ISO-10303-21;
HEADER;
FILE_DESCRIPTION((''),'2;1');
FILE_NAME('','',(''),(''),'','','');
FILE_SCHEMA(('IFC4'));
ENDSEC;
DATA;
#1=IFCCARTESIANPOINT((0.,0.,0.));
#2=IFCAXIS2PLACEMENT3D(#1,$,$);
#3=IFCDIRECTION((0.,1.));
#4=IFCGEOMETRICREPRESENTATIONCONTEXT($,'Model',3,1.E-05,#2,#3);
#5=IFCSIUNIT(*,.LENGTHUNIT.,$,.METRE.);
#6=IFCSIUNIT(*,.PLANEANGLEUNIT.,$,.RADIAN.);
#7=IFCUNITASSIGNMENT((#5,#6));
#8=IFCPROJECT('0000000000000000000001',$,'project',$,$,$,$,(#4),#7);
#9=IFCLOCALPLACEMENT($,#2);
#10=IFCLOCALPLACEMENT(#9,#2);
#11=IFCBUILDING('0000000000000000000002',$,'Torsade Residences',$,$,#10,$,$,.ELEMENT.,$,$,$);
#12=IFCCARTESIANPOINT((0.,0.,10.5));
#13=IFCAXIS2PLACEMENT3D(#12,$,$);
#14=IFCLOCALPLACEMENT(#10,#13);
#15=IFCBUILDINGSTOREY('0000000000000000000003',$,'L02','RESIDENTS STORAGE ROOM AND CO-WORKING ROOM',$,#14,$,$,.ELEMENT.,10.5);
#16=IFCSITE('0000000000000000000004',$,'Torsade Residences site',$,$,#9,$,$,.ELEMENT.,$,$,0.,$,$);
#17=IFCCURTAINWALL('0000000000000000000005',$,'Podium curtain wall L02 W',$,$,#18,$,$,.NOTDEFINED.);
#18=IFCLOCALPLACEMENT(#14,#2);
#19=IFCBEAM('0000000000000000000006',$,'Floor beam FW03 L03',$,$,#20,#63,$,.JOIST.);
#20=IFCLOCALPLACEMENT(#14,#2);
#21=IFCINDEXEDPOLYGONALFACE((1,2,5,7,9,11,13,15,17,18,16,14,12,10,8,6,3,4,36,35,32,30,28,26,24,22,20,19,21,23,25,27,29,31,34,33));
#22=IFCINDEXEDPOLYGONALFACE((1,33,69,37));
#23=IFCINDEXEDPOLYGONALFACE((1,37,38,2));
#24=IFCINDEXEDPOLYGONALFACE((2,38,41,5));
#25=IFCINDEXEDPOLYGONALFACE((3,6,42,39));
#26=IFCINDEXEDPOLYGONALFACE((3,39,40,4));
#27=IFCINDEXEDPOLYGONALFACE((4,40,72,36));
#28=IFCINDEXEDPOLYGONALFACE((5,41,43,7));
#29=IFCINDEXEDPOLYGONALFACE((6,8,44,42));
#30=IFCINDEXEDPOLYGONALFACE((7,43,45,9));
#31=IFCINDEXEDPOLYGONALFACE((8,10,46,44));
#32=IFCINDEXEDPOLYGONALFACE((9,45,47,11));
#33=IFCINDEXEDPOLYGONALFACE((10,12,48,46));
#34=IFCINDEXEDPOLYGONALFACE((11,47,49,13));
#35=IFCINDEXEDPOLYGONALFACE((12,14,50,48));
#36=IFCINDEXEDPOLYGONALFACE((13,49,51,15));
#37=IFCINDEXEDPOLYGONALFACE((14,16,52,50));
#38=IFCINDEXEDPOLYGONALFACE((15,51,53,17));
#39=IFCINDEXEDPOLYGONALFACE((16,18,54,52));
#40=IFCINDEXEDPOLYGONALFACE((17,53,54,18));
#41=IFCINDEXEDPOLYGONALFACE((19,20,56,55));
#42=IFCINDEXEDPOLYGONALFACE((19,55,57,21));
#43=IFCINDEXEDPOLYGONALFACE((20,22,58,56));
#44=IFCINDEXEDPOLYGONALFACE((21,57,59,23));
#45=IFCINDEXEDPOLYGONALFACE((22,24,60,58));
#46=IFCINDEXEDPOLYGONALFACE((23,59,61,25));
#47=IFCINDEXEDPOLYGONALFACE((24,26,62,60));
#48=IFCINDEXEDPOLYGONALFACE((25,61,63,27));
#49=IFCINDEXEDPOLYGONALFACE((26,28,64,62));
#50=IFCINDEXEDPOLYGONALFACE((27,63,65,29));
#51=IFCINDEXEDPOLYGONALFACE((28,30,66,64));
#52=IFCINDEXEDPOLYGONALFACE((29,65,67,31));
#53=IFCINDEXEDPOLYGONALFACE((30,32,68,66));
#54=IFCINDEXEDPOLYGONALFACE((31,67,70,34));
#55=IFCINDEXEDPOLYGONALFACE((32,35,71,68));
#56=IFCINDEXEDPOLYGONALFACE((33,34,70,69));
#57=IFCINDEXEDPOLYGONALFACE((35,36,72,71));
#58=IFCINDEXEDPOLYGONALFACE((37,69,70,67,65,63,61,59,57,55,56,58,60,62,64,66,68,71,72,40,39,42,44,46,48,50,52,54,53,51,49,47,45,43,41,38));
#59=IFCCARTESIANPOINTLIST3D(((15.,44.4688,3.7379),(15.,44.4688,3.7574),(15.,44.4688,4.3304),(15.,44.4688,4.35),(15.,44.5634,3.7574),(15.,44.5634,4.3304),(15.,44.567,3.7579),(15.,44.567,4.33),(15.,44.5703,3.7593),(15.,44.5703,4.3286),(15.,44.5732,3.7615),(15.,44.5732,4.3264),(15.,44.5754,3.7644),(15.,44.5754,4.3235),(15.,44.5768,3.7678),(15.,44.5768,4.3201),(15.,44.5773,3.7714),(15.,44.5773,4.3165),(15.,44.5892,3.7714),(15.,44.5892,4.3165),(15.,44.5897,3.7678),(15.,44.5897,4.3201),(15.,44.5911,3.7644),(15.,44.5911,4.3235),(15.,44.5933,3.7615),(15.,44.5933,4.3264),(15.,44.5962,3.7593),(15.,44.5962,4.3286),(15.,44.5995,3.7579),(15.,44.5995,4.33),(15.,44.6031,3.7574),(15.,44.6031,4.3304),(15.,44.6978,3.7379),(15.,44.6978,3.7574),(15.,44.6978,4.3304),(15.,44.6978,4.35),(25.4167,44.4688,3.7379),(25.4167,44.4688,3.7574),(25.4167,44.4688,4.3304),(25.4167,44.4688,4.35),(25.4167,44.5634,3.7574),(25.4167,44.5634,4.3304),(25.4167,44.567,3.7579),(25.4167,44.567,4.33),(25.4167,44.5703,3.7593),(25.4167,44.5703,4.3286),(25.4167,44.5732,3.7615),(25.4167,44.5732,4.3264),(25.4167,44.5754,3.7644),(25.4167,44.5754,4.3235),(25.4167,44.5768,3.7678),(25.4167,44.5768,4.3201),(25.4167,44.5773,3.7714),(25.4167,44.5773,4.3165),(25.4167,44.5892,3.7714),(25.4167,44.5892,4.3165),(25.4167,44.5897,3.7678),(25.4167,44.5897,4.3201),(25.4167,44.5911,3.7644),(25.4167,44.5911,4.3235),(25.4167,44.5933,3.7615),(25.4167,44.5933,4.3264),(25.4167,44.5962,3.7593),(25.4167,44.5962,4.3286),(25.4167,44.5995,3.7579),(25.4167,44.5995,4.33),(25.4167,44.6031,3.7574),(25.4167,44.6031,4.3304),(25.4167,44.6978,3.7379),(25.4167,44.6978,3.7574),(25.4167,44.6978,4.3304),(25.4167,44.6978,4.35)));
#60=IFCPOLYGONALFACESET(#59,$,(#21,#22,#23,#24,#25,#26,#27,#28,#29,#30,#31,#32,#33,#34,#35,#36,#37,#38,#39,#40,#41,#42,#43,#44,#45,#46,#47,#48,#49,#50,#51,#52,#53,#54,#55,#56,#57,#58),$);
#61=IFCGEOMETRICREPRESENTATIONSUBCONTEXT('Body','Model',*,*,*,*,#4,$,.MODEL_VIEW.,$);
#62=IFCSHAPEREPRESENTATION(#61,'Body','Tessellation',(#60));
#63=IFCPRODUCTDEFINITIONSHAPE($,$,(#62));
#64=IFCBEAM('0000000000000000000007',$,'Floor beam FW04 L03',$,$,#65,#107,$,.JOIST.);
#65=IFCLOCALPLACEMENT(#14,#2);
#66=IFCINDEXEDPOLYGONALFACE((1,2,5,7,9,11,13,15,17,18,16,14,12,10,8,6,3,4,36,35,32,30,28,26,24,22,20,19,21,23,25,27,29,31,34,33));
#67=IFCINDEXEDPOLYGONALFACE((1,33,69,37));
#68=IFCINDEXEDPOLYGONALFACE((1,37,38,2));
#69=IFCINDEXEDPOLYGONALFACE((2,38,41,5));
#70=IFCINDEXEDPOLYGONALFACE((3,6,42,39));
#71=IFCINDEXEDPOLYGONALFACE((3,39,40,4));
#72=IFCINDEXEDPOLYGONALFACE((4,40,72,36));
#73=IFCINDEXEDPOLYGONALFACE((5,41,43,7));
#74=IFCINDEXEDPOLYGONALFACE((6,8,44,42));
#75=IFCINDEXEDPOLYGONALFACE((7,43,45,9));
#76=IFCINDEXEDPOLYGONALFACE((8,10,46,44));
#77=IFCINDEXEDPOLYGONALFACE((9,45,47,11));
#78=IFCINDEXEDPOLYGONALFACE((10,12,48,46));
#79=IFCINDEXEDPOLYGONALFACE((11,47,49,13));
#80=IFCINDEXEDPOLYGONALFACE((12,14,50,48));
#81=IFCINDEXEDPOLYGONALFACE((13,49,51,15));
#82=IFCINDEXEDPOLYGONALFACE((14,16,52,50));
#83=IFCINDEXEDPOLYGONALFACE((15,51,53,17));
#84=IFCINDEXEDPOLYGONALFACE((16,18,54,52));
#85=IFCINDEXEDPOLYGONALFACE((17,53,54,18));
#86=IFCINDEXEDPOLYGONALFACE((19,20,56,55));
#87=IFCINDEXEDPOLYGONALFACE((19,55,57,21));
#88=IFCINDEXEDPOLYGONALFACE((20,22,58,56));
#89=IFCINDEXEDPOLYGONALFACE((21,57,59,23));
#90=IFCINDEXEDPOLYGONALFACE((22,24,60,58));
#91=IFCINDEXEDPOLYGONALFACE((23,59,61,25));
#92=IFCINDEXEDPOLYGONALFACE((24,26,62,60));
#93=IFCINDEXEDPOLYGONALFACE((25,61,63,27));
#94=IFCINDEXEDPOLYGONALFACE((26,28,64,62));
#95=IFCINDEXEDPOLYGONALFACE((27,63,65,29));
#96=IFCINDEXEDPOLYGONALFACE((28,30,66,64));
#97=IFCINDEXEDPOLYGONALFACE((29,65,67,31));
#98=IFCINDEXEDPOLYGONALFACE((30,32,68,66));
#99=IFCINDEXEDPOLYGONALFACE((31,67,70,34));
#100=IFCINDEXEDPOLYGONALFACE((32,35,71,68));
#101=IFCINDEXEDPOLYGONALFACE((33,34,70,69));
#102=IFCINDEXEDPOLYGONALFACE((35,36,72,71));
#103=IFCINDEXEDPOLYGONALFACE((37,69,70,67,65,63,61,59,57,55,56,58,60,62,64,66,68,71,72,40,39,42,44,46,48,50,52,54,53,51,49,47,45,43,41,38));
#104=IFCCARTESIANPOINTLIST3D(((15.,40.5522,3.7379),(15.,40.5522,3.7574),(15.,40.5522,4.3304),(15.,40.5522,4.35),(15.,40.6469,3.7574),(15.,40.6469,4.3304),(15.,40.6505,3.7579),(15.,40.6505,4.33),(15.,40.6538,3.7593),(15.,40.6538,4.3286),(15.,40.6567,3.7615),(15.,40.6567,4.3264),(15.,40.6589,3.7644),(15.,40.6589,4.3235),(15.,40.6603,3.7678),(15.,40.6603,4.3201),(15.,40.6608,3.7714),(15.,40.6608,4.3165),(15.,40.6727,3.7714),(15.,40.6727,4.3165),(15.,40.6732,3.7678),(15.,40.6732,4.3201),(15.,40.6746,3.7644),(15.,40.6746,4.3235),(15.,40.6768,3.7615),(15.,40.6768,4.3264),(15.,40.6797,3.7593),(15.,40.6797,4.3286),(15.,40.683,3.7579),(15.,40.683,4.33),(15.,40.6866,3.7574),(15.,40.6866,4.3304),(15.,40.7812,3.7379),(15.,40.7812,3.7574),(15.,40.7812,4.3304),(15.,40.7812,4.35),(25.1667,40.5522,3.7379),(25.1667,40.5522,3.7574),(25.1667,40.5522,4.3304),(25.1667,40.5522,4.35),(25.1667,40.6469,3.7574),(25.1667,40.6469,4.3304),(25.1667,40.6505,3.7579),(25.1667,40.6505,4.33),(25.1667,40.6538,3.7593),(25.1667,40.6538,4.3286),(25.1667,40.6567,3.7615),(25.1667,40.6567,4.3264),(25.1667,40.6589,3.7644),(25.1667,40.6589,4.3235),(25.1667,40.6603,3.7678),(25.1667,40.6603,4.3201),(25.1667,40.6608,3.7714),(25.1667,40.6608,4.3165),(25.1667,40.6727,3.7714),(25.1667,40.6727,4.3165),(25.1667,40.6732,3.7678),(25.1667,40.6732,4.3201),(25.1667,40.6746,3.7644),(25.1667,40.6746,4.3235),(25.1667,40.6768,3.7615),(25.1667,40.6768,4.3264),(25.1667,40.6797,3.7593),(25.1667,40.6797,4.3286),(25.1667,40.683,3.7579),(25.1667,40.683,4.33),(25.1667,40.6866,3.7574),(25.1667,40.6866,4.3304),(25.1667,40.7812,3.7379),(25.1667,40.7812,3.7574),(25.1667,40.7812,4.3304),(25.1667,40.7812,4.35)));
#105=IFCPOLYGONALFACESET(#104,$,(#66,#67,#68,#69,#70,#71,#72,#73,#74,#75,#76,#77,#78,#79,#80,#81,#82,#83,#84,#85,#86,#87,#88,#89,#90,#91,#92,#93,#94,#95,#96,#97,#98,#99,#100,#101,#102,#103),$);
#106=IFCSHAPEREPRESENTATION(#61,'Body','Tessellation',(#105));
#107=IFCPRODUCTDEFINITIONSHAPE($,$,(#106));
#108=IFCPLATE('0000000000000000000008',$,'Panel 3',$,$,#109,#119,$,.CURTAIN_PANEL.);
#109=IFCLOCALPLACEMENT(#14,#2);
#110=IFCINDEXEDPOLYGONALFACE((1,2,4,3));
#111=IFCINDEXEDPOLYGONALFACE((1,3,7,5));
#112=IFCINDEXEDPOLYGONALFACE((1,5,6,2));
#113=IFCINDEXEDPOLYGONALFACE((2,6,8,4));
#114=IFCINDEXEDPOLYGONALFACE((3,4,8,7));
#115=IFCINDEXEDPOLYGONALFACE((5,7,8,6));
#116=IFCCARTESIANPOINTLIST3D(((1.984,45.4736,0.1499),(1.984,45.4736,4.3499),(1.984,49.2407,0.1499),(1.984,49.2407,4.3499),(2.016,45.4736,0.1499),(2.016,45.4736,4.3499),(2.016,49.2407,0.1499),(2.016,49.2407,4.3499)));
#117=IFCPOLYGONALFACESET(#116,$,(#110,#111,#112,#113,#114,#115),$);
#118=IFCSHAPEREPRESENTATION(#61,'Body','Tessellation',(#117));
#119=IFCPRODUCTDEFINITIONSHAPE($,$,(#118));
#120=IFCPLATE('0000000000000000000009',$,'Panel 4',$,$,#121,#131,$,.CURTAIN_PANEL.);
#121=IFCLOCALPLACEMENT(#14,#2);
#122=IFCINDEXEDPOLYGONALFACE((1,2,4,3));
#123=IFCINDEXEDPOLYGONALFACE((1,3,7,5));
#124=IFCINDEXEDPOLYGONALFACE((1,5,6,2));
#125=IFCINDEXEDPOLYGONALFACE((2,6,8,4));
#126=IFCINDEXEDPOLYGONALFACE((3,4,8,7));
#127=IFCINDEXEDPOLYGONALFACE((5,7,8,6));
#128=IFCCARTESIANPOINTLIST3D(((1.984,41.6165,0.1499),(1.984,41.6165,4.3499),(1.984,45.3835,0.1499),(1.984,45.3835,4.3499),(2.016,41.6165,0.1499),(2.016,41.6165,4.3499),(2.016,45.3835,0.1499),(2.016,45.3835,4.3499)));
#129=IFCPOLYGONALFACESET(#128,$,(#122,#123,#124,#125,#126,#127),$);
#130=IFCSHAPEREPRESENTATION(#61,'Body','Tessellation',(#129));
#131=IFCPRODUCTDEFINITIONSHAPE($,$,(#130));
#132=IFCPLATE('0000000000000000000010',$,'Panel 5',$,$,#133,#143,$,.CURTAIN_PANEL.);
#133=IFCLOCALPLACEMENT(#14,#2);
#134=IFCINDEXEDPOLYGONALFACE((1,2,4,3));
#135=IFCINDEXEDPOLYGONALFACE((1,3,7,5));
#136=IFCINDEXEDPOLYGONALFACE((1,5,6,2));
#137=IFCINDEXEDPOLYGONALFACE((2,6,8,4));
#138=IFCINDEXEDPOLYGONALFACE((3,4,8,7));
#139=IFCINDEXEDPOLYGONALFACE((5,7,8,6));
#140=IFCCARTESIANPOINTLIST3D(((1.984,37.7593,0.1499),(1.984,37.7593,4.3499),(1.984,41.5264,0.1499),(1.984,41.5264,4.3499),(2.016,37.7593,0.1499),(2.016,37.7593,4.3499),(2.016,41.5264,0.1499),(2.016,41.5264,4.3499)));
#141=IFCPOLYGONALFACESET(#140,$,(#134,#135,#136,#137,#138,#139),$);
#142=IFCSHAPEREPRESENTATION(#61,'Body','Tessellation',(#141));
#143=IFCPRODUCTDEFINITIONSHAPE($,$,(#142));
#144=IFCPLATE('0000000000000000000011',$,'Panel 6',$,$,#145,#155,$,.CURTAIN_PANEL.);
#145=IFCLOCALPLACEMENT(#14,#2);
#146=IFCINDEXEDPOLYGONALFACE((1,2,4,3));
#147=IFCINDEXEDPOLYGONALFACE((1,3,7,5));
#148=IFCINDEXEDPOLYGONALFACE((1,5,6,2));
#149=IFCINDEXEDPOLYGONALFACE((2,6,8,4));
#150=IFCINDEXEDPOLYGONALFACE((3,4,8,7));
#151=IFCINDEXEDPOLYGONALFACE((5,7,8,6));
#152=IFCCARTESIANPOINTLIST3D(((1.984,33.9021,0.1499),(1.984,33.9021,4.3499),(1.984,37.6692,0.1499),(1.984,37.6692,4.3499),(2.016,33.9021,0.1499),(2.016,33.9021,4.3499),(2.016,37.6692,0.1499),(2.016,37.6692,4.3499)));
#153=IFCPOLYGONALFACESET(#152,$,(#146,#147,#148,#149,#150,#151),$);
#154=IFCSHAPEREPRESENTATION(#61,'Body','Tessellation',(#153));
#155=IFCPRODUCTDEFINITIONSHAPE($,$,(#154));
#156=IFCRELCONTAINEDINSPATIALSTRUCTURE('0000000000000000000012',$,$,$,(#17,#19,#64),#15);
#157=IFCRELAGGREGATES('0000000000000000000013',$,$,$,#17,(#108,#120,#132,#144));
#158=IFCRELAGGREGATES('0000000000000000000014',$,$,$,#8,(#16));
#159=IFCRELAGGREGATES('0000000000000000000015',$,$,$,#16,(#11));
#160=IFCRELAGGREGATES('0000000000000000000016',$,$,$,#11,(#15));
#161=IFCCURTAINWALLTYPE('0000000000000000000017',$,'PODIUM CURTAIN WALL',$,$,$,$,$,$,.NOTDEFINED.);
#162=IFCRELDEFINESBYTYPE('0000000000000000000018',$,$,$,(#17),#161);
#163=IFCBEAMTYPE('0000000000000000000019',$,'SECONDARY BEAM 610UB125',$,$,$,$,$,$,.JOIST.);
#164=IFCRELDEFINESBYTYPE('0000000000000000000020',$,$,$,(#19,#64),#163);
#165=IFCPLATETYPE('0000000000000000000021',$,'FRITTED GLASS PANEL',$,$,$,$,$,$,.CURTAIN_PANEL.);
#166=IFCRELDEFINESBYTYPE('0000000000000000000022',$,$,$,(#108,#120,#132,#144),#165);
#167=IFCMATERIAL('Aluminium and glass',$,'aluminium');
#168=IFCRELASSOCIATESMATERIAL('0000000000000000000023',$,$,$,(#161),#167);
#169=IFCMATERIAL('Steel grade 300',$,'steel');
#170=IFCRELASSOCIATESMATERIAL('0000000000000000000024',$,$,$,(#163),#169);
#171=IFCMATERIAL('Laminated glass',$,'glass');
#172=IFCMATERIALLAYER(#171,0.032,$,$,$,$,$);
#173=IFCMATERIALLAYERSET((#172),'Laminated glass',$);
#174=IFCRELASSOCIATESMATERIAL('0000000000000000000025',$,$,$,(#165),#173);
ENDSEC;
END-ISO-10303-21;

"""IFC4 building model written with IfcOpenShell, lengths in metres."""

from ifc_helpers import new_model, si_unit, direction, frame, origin, origin_2d, place, context, subcontext, project, spatial, rectangle, i_section, extrude, material, layer, layer_set, material_profile, profile_set, type_object, element, aggregate, save


model = new_model("IFC4")

# Units and contexts
model_context = context("Model", 3, precision=1e-05, world=origin(), true_north=direction((0.0, 1.0)))
body_context = subcontext(model_context, "Body", "Model", "MODEL_VIEW")
ifc_project = project(units=[si_unit("LENGTHUNIT", "METRE"), si_unit("PLANEANGLEUNIT", "RADIAN")], contexts=[model_context])

# Site, building, storey
site_placement = place(None, origin())
site = spatial("IfcSite", under=ifc_project, at=site_placement, Name="Torsade Residences site", CompositionType="ELEMENT", RefElevation=0.0)
building_placement = place(site_placement, origin())
building = spatial("IfcBuilding", under=site, at=building_placement, Name="Torsade Residences", CompositionType="ELEMENT")
storey_placement = place(building_placement, frame((0.0, 0.0, 10.5)))
storey = spatial("IfcBuildingStorey", under=building, at=storey_placement, Name="L02", Description="RESIDENTS STORAGE ROOM AND CO-WORKING ROOM", CompositionType="ELEMENT", Elevation=10.5)

# Curtain wall
ifc_material_1 = material(Name="Aluminium and glass", Category="aluminium")
curtain_wall_type = type_object("IfcCurtainWallType", Name="PODIUM CURTAIN WALL", PredefinedType="NOTDEFINED", material=ifc_material_1)
curtain_wall_placement = place(storey_placement, origin())
curtain_wall = element("IfcCurtainWall", 1, at=curtain_wall_placement, inside=storey, type_object=curtain_wall_type, Name="Podium curtain wall L02 W", PredefinedType="NOTDEFINED")

# Beams
ifc_material_2 = material(Name="Steel grade 300", Category="steel")
ifc_material_profile_1 = material_profile(ifc_material_2, i_section(OverallWidth=0.229, OverallDepth=0.6121, WebThickness=0.012, FlangeThickness=0.0195, FilletRadius=0.0139, at=origin_2d()), Name="610UB125")
ifc_profile_set_1 = profile_set([ifc_material_profile_1], Name="Steel grade 300")
beam_type_1 = type_object("IfcBeamType", Name="SECONDARY BEAM 610UB125", PredefinedType="JOIST", material=ifc_profile_set_1)
beam_1_placement = place(storey_placement, frame((15.0, 44.5833, 4.0439), z_axis=(1.0, 0.0, 0.0), x_axis=(0.0, 1.0, 0.0)))
element("IfcBeam", 2, at=beam_1_placement, inside=storey, type_object=beam_type_1, Name="Floor beam FW03 L03", PredefinedType="JOIST", context=body_context, shape_type="SweptSolid", body=[
    extrude(i_section(OverallWidth=0.229, OverallDepth=0.6121, WebThickness=0.012, FlangeThickness=0.0195, FilletRadius=0.0139, at=origin_2d()), origin(), (0.0, 0.0, 1.0), 10.4167),
])
beam_2_placement = place(storey_placement, frame((15.0, 40.6667, 4.0439), z_axis=(1.0, 0.0, 0.0), x_axis=(0.0, 1.0, 0.0)))
element("IfcBeam", 3, at=beam_2_placement, inside=storey, type_object=beam_type_1, Name="Floor beam FW04 L03", PredefinedType="JOIST", context=body_context, shape_type="SweptSolid", body=[
    extrude(i_section(OverallWidth=0.229, OverallDepth=0.6121, WebThickness=0.012, FlangeThickness=0.0195, FilletRadius=0.0139, at=origin_2d()), origin(), (0.0, 0.0, 1.0), 10.1667),
])

# Plates
ifc_material_3 = material(Name="Laminated glass", Category="glass")
ifc_layer_1 = layer(ifc_material_3, 0.032)
ifc_layer_set_1 = layer_set([ifc_layer_1], Name="Laminated glass")
plate_type = type_object("IfcPlateType", Name="FRITTED GLASS PANEL", PredefinedType="CURTAIN_PANEL", material=ifc_layer_set_1)
plate_1_placement = place(storey_placement, frame((2.0, 47.3572, 0.1499), z_axis=(0.0, 0.0, 1.0), x_axis=(0.0, -1.0, 0.0)))
plate_1 = element("IfcPlate", 4, at=plate_1_placement, type_object=plate_type, Name="Panel 3", PredefinedType="CURTAIN_PANEL", context=body_context, shape_type="SweptSolid", body=[
    extrude(rectangle(XDim=3.7671, YDim=0.032, at=origin_2d()), origin(), (0.0, 0.0, 1.0), 4.2),
])
plate_2_placement = place(storey_placement, frame((2.0, 43.5, 0.1499), z_axis=(0.0, 0.0, 1.0), x_axis=(0.0, -1.0, 0.0)))
plate_2 = element("IfcPlate", 5, at=plate_2_placement, type_object=plate_type, Name="Panel 4", PredefinedType="CURTAIN_PANEL", context=body_context, shape_type="SweptSolid", body=[
    extrude(rectangle(XDim=3.7671, YDim=0.032, at=origin_2d()), origin(), (0.0, 0.0, 1.0), 4.2),
])
plate_3_placement = place(storey_placement, frame((2.0, 39.6428, 0.1499), z_axis=(0.0, 0.0, 1.0), x_axis=(0.0, -1.0, 0.0)))
plate_3 = element("IfcPlate", 6, at=plate_3_placement, type_object=plate_type, Name="Panel 5", PredefinedType="CURTAIN_PANEL", context=body_context, shape_type="SweptSolid", body=[
    extrude(rectangle(XDim=3.7671, YDim=0.032, at=origin_2d()), origin(), (0.0, 0.0, 1.0), 4.2),
])
plate_4_placement = place(storey_placement, frame((2.0, 35.7856, 0.1499), z_axis=(0.0, 0.0, 1.0), x_axis=(0.0, -1.0, 0.0)))
plate_4 = element("IfcPlate", 7, at=plate_4_placement, type_object=plate_type, Name="Panel 6", PredefinedType="CURTAIN_PANEL", context=body_context, shape_type="SweptSolid", body=[
    extrude(rectangle(XDim=3.7671, YDim=0.032, at=origin_2d()), origin(), (0.0, 0.0, 1.0), 4.2),
])
aggregate(curtain_wall, [plate_1, plate_2, plate_3, plate_4])

save(model, "model.ifc")
